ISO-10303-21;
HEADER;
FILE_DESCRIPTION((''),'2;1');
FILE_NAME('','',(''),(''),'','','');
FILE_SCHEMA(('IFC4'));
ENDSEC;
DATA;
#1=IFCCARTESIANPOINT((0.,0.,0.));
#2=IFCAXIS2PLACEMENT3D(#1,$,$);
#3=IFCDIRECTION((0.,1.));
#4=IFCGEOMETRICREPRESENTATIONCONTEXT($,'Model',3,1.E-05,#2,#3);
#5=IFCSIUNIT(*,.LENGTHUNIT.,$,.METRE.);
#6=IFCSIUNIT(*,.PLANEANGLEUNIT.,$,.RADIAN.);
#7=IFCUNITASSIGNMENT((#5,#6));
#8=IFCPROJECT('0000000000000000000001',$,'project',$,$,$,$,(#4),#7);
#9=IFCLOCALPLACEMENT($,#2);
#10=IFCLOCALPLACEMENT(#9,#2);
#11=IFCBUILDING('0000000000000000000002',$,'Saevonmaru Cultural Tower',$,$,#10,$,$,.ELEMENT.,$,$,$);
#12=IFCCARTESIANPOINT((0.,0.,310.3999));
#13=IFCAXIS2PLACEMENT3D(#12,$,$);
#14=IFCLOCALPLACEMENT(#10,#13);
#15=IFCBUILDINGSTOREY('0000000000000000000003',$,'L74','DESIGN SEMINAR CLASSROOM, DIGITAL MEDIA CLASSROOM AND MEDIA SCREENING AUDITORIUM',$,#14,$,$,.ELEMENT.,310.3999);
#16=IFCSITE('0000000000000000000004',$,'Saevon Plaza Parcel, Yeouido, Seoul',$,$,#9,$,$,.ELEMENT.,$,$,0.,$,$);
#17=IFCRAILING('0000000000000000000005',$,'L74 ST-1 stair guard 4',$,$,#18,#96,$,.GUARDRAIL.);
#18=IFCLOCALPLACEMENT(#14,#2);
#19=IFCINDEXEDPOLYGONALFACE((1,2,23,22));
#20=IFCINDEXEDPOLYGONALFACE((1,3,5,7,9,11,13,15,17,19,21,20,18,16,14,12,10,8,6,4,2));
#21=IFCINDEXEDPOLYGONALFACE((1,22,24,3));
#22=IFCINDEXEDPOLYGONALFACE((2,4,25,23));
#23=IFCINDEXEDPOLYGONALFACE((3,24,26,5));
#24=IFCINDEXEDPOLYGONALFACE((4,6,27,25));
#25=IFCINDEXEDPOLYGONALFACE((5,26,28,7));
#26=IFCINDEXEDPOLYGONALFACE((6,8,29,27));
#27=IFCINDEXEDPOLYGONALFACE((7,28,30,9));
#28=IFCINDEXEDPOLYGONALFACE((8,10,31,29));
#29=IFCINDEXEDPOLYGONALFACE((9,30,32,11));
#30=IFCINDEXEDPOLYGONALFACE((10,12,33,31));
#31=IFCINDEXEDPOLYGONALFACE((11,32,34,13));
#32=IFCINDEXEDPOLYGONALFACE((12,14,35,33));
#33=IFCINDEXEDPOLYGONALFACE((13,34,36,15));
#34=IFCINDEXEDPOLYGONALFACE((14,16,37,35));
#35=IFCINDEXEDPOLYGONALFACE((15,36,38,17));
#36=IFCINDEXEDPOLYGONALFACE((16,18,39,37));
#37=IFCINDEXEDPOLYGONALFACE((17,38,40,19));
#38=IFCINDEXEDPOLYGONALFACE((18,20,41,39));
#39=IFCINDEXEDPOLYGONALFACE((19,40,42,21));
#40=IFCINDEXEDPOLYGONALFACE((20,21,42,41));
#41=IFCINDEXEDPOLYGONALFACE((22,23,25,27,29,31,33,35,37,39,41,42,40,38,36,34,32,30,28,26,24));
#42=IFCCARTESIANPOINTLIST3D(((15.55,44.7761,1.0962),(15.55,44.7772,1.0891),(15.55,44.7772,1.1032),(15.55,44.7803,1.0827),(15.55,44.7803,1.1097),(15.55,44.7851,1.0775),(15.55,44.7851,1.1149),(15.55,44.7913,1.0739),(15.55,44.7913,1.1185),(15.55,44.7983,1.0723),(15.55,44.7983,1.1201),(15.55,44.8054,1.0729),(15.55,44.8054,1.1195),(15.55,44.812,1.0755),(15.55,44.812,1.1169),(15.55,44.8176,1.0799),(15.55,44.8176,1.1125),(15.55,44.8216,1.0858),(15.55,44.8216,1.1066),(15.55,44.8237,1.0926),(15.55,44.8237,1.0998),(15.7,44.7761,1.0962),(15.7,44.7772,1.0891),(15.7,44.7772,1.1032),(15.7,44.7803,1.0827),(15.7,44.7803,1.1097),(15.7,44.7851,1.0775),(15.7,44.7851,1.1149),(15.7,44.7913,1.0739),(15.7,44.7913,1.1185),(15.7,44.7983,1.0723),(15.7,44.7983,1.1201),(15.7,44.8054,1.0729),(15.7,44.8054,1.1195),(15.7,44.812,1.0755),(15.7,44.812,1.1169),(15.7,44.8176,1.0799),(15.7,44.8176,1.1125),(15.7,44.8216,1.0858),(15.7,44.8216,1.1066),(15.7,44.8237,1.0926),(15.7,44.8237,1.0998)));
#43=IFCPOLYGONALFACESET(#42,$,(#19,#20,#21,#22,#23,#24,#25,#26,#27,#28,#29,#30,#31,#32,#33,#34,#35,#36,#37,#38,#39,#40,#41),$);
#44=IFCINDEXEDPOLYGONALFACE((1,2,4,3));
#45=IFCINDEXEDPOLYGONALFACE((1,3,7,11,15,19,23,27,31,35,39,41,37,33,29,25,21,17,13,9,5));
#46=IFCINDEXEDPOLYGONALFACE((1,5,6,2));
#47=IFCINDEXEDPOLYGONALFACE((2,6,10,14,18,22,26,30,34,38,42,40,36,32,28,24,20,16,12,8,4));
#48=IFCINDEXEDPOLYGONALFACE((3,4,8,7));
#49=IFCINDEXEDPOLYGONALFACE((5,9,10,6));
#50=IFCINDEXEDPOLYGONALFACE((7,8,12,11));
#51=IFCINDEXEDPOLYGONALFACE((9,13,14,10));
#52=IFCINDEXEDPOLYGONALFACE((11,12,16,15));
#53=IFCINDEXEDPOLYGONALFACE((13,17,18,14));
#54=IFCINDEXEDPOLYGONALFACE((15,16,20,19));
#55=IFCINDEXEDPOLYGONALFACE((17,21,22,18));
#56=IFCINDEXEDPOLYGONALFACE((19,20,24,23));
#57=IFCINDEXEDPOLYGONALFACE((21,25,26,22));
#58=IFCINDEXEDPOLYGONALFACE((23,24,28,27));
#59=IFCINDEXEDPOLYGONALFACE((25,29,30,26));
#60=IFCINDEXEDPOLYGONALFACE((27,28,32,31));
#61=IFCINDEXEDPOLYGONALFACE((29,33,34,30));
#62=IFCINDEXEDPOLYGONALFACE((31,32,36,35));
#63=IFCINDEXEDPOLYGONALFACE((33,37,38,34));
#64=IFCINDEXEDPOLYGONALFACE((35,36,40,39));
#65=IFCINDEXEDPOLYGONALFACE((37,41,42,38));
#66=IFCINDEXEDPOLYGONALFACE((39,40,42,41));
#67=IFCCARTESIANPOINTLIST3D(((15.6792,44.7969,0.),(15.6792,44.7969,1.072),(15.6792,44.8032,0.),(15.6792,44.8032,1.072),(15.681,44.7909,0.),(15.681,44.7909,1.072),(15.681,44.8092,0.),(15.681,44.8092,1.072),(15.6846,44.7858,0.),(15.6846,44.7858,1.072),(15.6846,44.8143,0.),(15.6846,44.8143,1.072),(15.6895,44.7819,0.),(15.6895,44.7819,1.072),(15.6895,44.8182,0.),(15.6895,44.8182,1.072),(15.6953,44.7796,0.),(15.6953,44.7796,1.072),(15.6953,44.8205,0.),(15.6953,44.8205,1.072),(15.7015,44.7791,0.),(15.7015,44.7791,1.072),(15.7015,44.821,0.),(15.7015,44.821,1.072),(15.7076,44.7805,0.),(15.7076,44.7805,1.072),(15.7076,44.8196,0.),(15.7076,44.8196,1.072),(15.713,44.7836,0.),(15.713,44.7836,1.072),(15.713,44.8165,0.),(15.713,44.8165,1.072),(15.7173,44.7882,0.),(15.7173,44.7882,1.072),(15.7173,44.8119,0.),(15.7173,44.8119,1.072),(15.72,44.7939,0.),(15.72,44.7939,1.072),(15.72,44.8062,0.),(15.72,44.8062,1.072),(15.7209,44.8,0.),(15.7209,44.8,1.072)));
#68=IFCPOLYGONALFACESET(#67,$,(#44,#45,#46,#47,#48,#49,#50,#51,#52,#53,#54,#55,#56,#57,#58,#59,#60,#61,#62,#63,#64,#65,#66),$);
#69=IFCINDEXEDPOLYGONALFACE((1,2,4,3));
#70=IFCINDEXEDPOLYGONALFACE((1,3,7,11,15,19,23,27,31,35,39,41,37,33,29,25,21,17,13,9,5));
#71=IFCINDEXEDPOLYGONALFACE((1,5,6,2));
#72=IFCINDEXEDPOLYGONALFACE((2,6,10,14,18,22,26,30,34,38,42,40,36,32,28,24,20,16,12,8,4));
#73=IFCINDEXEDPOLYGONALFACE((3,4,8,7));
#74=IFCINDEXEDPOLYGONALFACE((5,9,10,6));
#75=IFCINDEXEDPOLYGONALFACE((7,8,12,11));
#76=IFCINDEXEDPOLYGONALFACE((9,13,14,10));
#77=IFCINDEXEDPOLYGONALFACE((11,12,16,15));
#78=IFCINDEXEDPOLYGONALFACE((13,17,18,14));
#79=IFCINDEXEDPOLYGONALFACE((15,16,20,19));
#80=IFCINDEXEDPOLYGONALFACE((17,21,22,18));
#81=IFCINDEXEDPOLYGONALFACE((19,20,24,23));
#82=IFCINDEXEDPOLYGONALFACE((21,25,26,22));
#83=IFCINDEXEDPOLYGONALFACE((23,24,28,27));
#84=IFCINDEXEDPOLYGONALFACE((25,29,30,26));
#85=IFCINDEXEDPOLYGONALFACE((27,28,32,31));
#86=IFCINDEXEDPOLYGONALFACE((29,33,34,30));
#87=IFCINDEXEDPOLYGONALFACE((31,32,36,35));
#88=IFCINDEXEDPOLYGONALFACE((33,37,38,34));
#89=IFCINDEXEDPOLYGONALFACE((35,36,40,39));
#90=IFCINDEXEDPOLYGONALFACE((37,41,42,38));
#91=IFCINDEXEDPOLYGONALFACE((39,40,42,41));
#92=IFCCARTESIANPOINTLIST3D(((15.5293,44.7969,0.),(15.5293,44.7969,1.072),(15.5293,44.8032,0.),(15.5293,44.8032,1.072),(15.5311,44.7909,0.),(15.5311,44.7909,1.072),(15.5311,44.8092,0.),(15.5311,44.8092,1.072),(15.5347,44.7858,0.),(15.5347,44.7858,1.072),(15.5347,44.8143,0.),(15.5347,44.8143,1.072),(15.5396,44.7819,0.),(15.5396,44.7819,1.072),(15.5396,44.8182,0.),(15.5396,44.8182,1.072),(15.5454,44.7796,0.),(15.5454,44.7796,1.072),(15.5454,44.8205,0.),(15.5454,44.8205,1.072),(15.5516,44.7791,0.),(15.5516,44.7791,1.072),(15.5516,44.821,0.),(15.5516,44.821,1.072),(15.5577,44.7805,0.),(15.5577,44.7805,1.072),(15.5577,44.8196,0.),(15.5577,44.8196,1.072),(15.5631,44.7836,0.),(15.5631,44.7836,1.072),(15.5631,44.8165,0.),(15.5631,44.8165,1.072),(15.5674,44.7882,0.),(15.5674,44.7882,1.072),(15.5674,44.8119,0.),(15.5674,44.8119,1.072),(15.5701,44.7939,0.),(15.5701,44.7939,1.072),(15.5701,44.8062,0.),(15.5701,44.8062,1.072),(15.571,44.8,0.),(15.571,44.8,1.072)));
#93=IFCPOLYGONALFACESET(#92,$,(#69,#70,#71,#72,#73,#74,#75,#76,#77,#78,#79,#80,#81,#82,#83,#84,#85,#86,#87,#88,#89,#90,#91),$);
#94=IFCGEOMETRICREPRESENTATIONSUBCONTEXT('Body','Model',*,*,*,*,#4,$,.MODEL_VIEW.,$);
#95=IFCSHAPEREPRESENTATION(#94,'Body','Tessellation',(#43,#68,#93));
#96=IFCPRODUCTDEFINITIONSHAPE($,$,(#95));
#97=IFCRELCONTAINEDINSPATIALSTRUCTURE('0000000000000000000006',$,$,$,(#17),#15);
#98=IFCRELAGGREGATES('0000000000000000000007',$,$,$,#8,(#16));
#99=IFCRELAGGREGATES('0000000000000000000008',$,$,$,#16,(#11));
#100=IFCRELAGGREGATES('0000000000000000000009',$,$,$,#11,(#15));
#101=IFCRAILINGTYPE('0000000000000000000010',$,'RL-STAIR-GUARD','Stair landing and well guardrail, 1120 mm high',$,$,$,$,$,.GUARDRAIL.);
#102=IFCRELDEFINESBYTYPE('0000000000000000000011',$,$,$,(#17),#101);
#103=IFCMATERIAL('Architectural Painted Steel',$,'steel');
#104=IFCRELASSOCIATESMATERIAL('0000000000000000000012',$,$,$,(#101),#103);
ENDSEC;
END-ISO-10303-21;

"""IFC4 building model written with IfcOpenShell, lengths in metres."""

from ifc_helpers import new_model, si_unit, direction, frame, origin, origin_2d, place, context, subcontext, project, spatial, circle, extrude, material, type_object, element, save


model = new_model("IFC4")

# Units and contexts
model_context = context("Model", 3, precision=1e-05, world=origin(), true_north=direction((0.0, 1.0)))
body_context = subcontext(model_context, "Body", "Model", "MODEL_VIEW")
ifc_project = project(units=[si_unit("LENGTHUNIT", "METRE"), si_unit("PLANEANGLEUNIT", "RADIAN")], contexts=[model_context])

# Site, building, storey
site_placement = place(None, origin())
site = spatial("IfcSite", under=ifc_project, at=site_placement, Name="Saevon Plaza Parcel, Yeouido, Seoul", CompositionType="ELEMENT", RefElevation=0.0)
building_placement = place(site_placement, origin())
building = spatial("IfcBuilding", under=site, at=building_placement, Name="Saevonmaru Cultural Tower", CompositionType="ELEMENT")
storey_placement = place(building_placement, frame((0.0, 0.0, 310.3999)))
storey = spatial("IfcBuildingStorey", under=building, at=storey_placement, Name="L74", Description="DESIGN SEMINAR CLASSROOM, DIGITAL MEDIA CLASSROOM AND MEDIA SCREENING AUDITORIUM", CompositionType="ELEMENT", Elevation=310.3999)

# Railing
ifc_material_1 = material(Name="Architectural Painted Steel", Category="steel")
railing_type_1 = type_object("IfcRailingType", Name="RL-STAIR-GUARD", Description="Stair landing and well guardrail, 1120 mm high", PredefinedType="GUARDRAIL", material=ifc_material_1)
railing_1_placement = place(storey_placement, frame((15.7, 44.8, 0.0)))
element("IfcRailing", 1, at=railing_1_placement, inside=storey, type_object=railing_type_1, Name="L74 ST-1 stair guard 4", PredefinedType="GUARDRAIL", context=body_context, shape_type="SweptSolid", body=[
    extrude(circle(Radius=0.0239, at=origin_2d()), frame((0.0, 0.0, 1.0962), z_axis=(-1.0, 0.0, 0.0), x_axis=(0.0, -1.0, 0.0)), (0.0, 0.0, 1.0), 0.1499),
    extrude(circle(Radius=0.021, at=origin_2d()), origin(), (0.0, 0.0, 1.0), 1.072),
    extrude(circle(Radius=0.021, at=origin_2d()), frame((-0.1499, 0.0, 0.0)), (0.0, 0.0, 1.0), 1.072),
])

save(model, "model.ifc")
